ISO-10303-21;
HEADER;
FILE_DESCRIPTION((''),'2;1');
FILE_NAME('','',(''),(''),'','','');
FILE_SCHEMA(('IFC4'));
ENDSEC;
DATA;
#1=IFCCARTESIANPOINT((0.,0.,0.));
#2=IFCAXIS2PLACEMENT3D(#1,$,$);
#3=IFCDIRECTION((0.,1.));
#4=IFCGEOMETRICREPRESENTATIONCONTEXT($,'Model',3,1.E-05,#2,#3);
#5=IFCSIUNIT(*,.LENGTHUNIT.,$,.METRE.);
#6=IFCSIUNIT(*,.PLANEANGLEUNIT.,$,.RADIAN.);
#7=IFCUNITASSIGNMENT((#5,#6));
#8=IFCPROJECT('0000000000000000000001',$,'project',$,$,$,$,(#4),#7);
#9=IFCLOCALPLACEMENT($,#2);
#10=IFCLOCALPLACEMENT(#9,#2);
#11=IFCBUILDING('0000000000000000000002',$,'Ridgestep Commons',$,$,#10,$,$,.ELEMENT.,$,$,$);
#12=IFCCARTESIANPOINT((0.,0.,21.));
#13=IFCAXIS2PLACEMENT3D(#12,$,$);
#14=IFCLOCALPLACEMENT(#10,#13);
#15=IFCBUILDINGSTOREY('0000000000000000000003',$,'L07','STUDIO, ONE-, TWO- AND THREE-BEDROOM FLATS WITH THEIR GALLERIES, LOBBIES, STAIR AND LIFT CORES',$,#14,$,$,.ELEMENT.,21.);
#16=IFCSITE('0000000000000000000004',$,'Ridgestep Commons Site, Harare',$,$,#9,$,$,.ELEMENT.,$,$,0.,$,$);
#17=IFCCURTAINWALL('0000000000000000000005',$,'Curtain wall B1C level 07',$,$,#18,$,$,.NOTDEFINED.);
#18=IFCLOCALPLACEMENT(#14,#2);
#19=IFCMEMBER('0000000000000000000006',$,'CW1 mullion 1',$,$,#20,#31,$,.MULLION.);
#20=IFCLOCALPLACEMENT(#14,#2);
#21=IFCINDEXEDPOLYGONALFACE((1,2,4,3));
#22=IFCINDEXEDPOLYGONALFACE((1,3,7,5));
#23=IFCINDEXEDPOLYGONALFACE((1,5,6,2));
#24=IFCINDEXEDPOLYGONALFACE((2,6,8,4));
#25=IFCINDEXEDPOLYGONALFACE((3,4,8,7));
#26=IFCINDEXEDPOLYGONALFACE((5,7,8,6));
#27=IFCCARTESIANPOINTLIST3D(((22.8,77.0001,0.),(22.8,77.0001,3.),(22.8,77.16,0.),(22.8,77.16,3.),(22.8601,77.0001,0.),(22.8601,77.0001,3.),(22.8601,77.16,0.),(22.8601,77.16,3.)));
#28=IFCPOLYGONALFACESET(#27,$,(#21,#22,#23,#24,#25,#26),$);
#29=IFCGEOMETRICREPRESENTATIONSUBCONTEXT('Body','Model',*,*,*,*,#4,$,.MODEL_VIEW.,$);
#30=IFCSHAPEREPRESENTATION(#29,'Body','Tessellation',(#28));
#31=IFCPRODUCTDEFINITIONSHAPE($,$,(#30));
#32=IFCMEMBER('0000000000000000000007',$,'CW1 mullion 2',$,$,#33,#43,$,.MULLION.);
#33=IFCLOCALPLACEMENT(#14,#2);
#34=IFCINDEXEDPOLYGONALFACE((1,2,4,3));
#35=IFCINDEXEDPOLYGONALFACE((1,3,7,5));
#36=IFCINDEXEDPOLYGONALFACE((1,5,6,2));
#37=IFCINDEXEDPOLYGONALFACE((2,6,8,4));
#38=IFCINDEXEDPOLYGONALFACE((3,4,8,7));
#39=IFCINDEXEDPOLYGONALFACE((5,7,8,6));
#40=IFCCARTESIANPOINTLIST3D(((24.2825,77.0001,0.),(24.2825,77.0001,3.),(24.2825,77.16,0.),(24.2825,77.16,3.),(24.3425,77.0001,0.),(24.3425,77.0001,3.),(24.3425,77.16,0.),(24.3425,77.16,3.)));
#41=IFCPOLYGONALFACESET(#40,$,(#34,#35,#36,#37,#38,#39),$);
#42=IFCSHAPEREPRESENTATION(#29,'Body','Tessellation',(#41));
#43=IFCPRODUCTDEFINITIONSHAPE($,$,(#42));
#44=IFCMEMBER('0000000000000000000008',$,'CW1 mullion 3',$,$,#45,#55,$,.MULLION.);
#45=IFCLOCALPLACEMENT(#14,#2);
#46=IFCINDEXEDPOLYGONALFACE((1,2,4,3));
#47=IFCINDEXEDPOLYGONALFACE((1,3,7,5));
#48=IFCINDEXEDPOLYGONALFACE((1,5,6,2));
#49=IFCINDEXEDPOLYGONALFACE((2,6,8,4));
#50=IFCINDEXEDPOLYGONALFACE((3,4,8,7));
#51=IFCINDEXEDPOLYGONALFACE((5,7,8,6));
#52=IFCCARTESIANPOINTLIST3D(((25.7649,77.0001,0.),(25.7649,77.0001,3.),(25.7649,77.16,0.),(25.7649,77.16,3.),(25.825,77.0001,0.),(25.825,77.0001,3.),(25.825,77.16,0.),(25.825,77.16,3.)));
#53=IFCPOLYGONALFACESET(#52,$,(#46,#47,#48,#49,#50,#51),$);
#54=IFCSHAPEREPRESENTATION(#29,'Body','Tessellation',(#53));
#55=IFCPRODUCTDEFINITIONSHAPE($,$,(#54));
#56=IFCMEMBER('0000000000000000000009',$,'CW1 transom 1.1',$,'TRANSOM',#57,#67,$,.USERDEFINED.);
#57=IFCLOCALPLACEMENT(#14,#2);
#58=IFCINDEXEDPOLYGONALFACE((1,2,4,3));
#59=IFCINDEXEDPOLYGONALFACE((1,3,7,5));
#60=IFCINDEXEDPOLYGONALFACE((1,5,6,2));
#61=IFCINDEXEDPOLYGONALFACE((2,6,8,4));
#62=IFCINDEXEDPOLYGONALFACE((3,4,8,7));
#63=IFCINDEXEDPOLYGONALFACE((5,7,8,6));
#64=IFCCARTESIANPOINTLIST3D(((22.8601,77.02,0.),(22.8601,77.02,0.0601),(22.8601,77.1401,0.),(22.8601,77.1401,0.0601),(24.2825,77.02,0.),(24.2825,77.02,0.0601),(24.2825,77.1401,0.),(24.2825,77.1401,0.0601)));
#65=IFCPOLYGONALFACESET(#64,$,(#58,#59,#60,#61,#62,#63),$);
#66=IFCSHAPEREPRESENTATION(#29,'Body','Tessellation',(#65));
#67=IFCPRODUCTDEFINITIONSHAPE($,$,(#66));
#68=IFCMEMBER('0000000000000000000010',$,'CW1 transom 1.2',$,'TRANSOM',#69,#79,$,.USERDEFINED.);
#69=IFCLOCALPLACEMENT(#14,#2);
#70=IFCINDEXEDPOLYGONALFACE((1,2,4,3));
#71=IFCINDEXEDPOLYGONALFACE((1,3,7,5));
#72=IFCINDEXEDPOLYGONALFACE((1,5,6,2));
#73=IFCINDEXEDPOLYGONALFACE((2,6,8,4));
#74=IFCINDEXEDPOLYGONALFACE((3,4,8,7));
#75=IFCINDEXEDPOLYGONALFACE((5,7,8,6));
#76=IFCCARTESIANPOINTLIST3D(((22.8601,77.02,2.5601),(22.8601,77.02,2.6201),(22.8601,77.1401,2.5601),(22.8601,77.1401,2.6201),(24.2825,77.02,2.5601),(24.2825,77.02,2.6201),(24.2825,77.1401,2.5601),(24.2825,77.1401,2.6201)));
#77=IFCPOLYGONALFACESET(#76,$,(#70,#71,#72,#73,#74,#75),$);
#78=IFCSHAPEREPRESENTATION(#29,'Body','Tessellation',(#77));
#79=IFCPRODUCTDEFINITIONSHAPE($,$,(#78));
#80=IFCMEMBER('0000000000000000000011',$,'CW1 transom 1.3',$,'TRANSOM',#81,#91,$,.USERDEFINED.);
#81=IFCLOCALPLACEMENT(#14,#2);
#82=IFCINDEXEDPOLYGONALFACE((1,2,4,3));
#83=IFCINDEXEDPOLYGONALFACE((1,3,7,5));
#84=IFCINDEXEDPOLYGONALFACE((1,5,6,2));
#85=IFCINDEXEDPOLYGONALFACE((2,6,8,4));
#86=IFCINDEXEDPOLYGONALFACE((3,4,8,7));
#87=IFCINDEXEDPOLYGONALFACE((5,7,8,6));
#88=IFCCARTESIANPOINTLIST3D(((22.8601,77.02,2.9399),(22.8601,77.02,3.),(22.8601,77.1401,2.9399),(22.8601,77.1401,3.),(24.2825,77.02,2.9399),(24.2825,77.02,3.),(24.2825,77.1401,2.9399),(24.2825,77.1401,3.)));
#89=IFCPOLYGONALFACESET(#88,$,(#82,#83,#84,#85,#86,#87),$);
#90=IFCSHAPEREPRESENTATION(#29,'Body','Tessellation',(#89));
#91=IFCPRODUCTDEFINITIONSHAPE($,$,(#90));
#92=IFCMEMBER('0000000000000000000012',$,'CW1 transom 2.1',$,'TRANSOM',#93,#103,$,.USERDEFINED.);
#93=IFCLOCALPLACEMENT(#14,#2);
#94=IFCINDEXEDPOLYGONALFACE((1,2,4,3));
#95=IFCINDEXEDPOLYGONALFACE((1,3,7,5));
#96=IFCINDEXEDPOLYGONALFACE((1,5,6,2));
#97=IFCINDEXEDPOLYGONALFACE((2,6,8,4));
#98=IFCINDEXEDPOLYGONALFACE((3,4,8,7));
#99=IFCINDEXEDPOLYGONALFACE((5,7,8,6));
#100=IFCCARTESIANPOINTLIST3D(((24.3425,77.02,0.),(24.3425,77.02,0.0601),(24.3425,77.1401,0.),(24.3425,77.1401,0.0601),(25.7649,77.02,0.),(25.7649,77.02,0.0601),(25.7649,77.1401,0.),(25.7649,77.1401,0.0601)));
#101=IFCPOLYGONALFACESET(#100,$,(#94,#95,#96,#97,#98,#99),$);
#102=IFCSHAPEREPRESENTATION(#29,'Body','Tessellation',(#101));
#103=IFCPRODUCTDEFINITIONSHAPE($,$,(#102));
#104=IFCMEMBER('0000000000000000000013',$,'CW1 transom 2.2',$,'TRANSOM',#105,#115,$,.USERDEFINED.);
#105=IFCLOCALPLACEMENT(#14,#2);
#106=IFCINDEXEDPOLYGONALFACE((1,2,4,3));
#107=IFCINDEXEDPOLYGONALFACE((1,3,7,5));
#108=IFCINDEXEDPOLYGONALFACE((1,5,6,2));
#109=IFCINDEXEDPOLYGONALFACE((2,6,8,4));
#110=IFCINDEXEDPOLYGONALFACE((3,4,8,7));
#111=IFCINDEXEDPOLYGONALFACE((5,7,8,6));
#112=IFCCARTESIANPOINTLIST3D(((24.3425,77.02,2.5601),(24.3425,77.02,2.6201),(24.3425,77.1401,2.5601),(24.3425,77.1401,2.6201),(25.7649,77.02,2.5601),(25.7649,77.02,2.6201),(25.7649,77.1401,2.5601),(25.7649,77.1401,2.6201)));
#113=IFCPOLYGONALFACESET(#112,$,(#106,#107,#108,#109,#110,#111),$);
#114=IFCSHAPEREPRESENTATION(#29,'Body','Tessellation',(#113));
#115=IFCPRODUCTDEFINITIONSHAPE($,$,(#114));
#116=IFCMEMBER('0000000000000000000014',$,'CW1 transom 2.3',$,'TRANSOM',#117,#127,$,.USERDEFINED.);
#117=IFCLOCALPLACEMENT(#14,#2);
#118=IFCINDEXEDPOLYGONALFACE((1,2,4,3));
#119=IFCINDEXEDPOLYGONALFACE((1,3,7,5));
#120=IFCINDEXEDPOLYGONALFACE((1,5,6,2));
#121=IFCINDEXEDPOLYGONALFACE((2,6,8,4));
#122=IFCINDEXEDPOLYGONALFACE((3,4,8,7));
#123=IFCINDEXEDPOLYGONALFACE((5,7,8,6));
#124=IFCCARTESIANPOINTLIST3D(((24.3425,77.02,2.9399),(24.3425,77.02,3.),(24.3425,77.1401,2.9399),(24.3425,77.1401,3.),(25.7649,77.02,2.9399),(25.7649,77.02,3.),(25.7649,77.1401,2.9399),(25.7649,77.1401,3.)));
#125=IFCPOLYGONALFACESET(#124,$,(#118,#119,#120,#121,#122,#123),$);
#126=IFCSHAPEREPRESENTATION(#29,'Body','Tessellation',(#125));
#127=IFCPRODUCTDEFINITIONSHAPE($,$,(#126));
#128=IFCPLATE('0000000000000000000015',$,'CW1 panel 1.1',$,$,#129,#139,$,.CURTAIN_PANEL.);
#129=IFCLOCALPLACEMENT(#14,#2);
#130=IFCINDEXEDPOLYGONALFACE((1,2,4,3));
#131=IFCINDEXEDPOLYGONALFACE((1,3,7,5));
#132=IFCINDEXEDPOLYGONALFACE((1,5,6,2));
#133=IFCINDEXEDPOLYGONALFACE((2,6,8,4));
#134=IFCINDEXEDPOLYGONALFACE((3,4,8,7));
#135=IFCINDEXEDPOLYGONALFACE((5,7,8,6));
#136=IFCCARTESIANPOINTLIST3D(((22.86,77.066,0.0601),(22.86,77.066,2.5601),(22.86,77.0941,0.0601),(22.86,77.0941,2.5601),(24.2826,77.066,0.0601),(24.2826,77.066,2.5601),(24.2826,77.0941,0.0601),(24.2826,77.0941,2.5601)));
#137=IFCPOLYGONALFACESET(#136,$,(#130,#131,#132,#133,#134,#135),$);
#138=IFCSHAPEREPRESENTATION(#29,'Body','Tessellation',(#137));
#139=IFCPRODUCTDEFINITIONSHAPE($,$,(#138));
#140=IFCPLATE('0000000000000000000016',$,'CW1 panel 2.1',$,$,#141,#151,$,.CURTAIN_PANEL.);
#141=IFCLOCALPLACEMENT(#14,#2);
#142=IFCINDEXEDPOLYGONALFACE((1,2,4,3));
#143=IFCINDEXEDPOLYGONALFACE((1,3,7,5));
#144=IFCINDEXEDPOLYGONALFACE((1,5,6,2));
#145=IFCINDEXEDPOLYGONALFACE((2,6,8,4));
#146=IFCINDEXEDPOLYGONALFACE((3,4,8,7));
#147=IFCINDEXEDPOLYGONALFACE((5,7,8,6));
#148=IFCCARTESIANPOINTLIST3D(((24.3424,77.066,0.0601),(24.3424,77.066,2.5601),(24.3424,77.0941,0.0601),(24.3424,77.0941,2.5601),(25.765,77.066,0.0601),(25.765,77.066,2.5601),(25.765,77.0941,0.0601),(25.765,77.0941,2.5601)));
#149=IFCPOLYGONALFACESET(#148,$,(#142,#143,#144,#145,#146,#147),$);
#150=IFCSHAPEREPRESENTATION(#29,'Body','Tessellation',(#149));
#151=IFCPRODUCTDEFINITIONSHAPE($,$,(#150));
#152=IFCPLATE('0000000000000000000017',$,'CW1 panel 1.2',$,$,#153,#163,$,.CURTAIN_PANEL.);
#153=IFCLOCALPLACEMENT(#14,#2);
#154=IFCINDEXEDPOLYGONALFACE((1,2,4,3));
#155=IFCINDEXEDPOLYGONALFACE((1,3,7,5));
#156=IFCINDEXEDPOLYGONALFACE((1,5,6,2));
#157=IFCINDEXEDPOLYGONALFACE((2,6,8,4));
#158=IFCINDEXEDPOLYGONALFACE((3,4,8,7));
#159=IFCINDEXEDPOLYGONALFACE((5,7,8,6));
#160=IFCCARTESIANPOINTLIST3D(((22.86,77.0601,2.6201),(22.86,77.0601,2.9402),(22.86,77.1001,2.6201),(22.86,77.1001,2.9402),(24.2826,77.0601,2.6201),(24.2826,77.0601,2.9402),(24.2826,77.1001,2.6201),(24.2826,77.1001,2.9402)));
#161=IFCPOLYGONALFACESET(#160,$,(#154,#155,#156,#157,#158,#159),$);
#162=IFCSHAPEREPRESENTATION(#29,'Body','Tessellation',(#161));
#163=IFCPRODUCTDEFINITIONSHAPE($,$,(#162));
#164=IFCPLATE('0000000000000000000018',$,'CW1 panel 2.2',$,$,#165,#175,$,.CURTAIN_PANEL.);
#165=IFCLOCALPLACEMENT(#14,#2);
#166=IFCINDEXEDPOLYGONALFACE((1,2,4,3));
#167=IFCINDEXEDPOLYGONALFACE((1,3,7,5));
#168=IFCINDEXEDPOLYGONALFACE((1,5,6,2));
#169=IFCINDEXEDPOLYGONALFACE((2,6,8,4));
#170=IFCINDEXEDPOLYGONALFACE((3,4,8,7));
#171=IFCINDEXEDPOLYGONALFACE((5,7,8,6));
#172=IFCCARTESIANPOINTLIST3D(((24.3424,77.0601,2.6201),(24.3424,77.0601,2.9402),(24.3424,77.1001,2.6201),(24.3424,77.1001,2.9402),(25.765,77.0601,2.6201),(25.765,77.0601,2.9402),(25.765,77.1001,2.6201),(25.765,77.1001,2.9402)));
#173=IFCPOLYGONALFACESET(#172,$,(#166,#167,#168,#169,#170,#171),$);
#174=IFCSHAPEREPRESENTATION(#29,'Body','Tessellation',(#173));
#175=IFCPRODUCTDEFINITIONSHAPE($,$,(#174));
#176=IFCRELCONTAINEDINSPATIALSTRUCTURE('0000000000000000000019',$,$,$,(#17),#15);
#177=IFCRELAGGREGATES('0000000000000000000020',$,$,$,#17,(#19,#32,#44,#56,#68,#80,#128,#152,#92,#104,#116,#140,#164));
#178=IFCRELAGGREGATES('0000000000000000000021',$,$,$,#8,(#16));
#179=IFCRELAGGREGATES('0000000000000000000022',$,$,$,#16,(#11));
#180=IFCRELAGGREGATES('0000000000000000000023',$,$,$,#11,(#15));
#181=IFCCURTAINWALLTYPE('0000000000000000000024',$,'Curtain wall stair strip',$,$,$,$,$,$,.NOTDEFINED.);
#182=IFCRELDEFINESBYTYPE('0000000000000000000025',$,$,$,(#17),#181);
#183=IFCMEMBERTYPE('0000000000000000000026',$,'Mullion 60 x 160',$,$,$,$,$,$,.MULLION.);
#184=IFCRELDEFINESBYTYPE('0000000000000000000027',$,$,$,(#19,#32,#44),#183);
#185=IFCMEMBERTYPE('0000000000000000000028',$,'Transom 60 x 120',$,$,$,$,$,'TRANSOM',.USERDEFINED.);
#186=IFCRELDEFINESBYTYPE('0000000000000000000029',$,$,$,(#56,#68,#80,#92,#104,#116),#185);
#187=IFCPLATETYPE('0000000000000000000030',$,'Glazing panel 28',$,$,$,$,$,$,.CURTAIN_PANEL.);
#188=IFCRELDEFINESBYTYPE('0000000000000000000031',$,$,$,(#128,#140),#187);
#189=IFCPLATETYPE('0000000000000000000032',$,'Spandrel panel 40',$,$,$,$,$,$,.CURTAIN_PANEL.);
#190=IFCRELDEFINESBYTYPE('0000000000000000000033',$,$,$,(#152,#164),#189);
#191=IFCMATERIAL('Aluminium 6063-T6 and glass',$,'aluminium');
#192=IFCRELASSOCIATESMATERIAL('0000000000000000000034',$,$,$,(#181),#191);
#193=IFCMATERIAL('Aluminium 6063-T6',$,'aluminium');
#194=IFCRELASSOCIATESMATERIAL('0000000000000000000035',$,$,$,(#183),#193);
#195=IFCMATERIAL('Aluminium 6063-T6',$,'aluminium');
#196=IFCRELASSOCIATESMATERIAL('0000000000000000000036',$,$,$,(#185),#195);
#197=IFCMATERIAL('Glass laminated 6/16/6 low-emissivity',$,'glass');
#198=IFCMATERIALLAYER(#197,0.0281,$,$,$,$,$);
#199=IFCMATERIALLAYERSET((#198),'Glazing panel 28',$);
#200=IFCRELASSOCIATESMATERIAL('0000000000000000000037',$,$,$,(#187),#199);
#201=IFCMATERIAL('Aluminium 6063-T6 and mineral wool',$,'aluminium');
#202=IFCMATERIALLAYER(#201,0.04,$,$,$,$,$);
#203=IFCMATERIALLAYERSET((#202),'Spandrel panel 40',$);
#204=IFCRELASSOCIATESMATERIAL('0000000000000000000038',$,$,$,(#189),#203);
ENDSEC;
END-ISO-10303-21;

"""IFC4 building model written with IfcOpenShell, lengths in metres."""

from ifc_helpers import new_model, si_unit, direction, frame, origin, origin_2d, place, context, subcontext, project, spatial, rectangle, extrude, material, layer, layer_set, material_profile, profile_set, type_object, element, aggregate, save


model = new_model("IFC4")

# Units and contexts
model_context = context("Model", 3, precision=1e-05, world=origin(), true_north=direction((0.0, 1.0)))
body_context = subcontext(model_context, "Body", "Model", "MODEL_VIEW")
ifc_project = project(units=[si_unit("LENGTHUNIT", "METRE"), si_unit("PLANEANGLEUNIT", "RADIAN")], contexts=[model_context])

# Site, building, storey
site_placement = place(None, origin())
site = spatial("IfcSite", under=ifc_project, at=site_placement, Name="Ridgestep Commons Site, Harare", CompositionType="ELEMENT", RefElevation=0.0)
building_placement = place(site_placement, origin())
building = spatial("IfcBuilding", under=site, at=building_placement, Name="Ridgestep Commons", CompositionType="ELEMENT")
storey_placement = place(building_placement, frame((0.0, 0.0, 21.0)))
storey = spatial("IfcBuildingStorey", under=building, at=storey_placement, Name="L07", Description="STUDIO, ONE-, TWO- AND THREE-BEDROOM FLATS WITH THEIR GALLERIES, LOBBIES, STAIR AND LIFT CORES", CompositionType="ELEMENT", Elevation=21.0)

# Curtain wall, members, plates
ifc_material_1 = material(Name="Aluminium 6063-T6 and glass", Category="aluminium")
curtain_wall_type = type_object("IfcCurtainWallType", Name="Curtain wall stair strip", PredefinedType="NOTDEFINED", material=ifc_material_1)
curtain_wall_placement = place(storey_placement, origin())
curtain_wall = element("IfcCurtainWall", 1, at=curtain_wall_placement, inside=storey, type_object=curtain_wall_type, Name="Curtain wall B1C level 07", PredefinedType="NOTDEFINED")
ifc_material_2 = material(Name="Aluminium 6063-T6", Category="aluminium")
ifc_material_profile_1 = material_profile(ifc_material_2, rectangle(XDim=0.1599, YDim=0.0601, at=origin_2d()), Name="Mullion 60 x 160")
ifc_profile_set_1 = profile_set([ifc_material_profile_1], Name="Aluminium 6063-T6")
member_type_1 = type_object("IfcMemberType", Name="Mullion 60 x 160", PredefinedType="MULLION", material=ifc_profile_set_1)
member_1_placement = place(storey_placement, frame((22.8301, 77.0801, 0.0), z_axis=(0.0, 0.0, 1.0), x_axis=(0.0, 1.0, 0.0)))
member_1 = element("IfcMember", 2, at=member_1_placement, type_object=member_type_1, Name="CW1 mullion 1", PredefinedType="MULLION", context=body_context, shape_type="SweptSolid", body=[
    extrude(rectangle(XDim=0.1599, YDim=0.0601, at=origin_2d()), origin(), (0.0, 0.0, 1.0), 3.0),
])
member_2_placement = place(storey_placement, frame((24.3125, 77.0801, 0.0), z_axis=(0.0, 0.0, 1.0), x_axis=(0.0, 1.0, 0.0)))
member_2 = element("IfcMember", 3, at=member_2_placement, type_object=member_type_1, Name="CW1 mullion 2", PredefinedType="MULLION", context=body_context, shape_type="SweptSolid", body=[
    extrude(rectangle(XDim=0.1599, YDim=0.0601, at=origin_2d()), origin(), (0.0, 0.0, 1.0), 3.0),
])
member_3_placement = place(storey_placement, frame((25.7949, 77.0801, 0.0), z_axis=(0.0, 0.0, 1.0), x_axis=(0.0, 1.0, 0.0)))
member_3 = element("IfcMember", 4, at=member_3_placement, type_object=member_type_1, Name="CW1 mullion 3", PredefinedType="MULLION", context=body_context, shape_type="SweptSolid", body=[
    extrude(rectangle(XDim=0.1599, YDim=0.0601, at=origin_2d()), origin(), (0.0, 0.0, 1.0), 3.0),
])
ifc_material_3 = material(Name="Aluminium 6063-T6", Category="aluminium")
ifc_material_profile_2 = material_profile(ifc_material_3, rectangle(XDim=0.1201, YDim=0.0601, at=origin_2d()), Name="Transom 60 x 120")
ifc_profile_set_2 = profile_set([ifc_material_profile_2], Name="Aluminium 6063-T6")
member_type_2 = type_object("IfcMemberType", Name="Transom 60 x 120", ElementType="TRANSOM", PredefinedType="USERDEFINED", material=ifc_profile_set_2)
member_4_placement = place(storey_placement, frame((22.8601, 77.0801, 0.03), z_axis=(1.0, 0.0, 0.0), x_axis=(0.0, 1.0, 0.0)))
member_4 = element("IfcMember", 5, at=member_4_placement, type_object=member_type_2, Name="CW1 transom 1.1", ObjectType="TRANSOM", PredefinedType="USERDEFINED", context=body_context, shape_type="SweptSolid", body=[
    extrude(rectangle(XDim=0.1201, YDim=0.0601, at=origin_2d()), origin(), (0.0, 0.0, 1.0), 1.4224),
])
member_5_placement = place(storey_placement, frame((22.8601, 77.0801, 2.5901), z_axis=(1.0, 0.0, 0.0), x_axis=(0.0, 1.0, 0.0)))
member_5 = element("IfcMember", 6, at=member_5_placement, type_object=member_type_2, Name="CW1 transom 1.2", ObjectType="TRANSOM", PredefinedType="USERDEFINED", context=body_context, shape_type="SweptSolid", body=[
    extrude(rectangle(XDim=0.1201, YDim=0.0601, at=origin_2d()), origin(), (0.0, 0.0, 1.0), 1.4224),
])
member_6_placement = place(storey_placement, frame((22.8601, 77.0801, 2.97), z_axis=(1.0, 0.0, 0.0), x_axis=(0.0, 1.0, 0.0)))
member_6 = element("IfcMember", 7, at=member_6_placement, type_object=member_type_2, Name="CW1 transom 1.3", ObjectType="TRANSOM", PredefinedType="USERDEFINED", context=body_context, shape_type="SweptSolid", body=[
    extrude(rectangle(XDim=0.1201, YDim=0.0601, at=origin_2d()), origin(), (0.0, 0.0, 1.0), 1.4224),
])
member_7_placement = place(storey_placement, frame((24.3425, 77.0801, 0.03), z_axis=(1.0, 0.0, 0.0), x_axis=(0.0, 1.0, 0.0)))
member_7 = element("IfcMember", 8, at=member_7_placement, type_object=member_type_2, Name="CW1 transom 2.1", ObjectType="TRANSOM", PredefinedType="USERDEFINED", context=body_context, shape_type="SweptSolid", body=[
    extrude(rectangle(XDim=0.1201, YDim=0.0601, at=origin_2d()), origin(), (0.0, 0.0, 1.0), 1.4224),
])
member_8_placement = place(storey_placement, frame((24.3425, 77.0801, 2.5901), z_axis=(1.0, 0.0, 0.0), x_axis=(0.0, 1.0, 0.0)))
member_8 = element("IfcMember", 9, at=member_8_placement, type_object=member_type_2, Name="CW1 transom 2.2", ObjectType="TRANSOM", PredefinedType="USERDEFINED", context=body_context, shape_type="SweptSolid", body=[
    extrude(rectangle(XDim=0.1201, YDim=0.0601, at=origin_2d()), origin(), (0.0, 0.0, 1.0), 1.4224),
])
member_9_placement = place(storey_placement, frame((24.3425, 77.0801, 2.97), z_axis=(1.0, 0.0, 0.0), x_axis=(0.0, 1.0, 0.0)))
member_9 = element("IfcMember", 10, at=member_9_placement, type_object=member_type_2, Name="CW1 transom 2.3", ObjectType="TRANSOM", PredefinedType="USERDEFINED", context=body_context, shape_type="SweptSolid", body=[
    extrude(rectangle(XDim=0.1201, YDim=0.0601, at=origin_2d()), origin(), (0.0, 0.0, 1.0), 1.4224),
])
ifc_material_4 = material(Name="Glass laminated 6/16/6 low-emissivity", Category="glass")
ifc_layer_1 = layer(ifc_material_4, 0.0281)
ifc_layer_set_1 = layer_set([ifc_layer_1], Name="Glazing panel 28")
plate_type_1 = type_object("IfcPlateType", Name="Glazing panel 28", PredefinedType="CURTAIN_PANEL", material=ifc_layer_set_1)
plate_1_placement = place(storey_placement, frame((23.5713, 77.0801, 0.0601), z_axis=(0.0, 0.0, 1.0), x_axis=(1.0, 0.0, 0.0)))
plate_1 = element("IfcPlate", 11, at=plate_1_placement, type_object=plate_type_1, Name="CW1 panel 1.1", PredefinedType="CURTAIN_PANEL", context=body_context, shape_type="SweptSolid", body=[
    extrude(rectangle(XDim=1.4226, YDim=0.0281, at=origin_2d()), origin(), (0.0, 0.0, 1.0), 2.5),
])
plate_2_placement = place(storey_placement, frame((25.0537, 77.0801, 0.0601), z_axis=(0.0, 0.0, 1.0), x_axis=(1.0, 0.0, 0.0)))
plate_2 = element("IfcPlate", 12, at=plate_2_placement, type_object=plate_type_1, Name="CW1 panel 2.1", PredefinedType="CURTAIN_PANEL", context=body_context, shape_type="SweptSolid", body=[
    extrude(rectangle(XDim=1.4226, YDim=0.0281, at=origin_2d()), origin(), (0.0, 0.0, 1.0), 2.5),
])
ifc_material_5 = material(Name="Aluminium 6063-T6 and mineral wool", Category="aluminium")
ifc_layer_2 = layer(ifc_material_5, 0.04)
ifc_layer_set_2 = layer_set([ifc_layer_2], Name="Spandrel panel 40")
plate_type_2 = type_object("IfcPlateType", Name="Spandrel panel 40", PredefinedType="CURTAIN_PANEL", material=ifc_layer_set_2)
plate_3_placement = place(storey_placement, frame((23.5713, 77.0801, 2.6201), z_axis=(0.0, 0.0, 1.0), x_axis=(1.0, 0.0, 0.0)))
plate_3 = element("IfcPlate", 13, at=plate_3_placement, type_object=plate_type_2, Name="CW1 panel 1.2", PredefinedType="CURTAIN_PANEL", context=body_context, shape_type="SweptSolid", body=[
    extrude(rectangle(XDim=1.4226, YDim=0.04, at=origin_2d()), origin(), (0.0, 0.0, 1.0), 0.3201),
])
plate_4_placement = place(storey_placement, frame((25.0537, 77.0801, 2.6201), z_axis=(0.0, 0.0, 1.0), x_axis=(1.0, 0.0, 0.0)))
plate_4 = element("IfcPlate", 14, at=plate_4_placement, type_object=plate_type_2, Name="CW1 panel 2.2", PredefinedType="CURTAIN_PANEL", context=body_context, shape_type="SweptSolid", body=[
    extrude(rectangle(XDim=1.4226, YDim=0.04, at=origin_2d()), origin(), (0.0, 0.0, 1.0), 0.3201),
])
aggregate(curtain_wall, [member_1, member_2, member_3, member_4, member_5, member_6, plate_1, plate_3, member_7, member_8, member_9, plate_2, plate_4])

save(model, "model.ifc")
